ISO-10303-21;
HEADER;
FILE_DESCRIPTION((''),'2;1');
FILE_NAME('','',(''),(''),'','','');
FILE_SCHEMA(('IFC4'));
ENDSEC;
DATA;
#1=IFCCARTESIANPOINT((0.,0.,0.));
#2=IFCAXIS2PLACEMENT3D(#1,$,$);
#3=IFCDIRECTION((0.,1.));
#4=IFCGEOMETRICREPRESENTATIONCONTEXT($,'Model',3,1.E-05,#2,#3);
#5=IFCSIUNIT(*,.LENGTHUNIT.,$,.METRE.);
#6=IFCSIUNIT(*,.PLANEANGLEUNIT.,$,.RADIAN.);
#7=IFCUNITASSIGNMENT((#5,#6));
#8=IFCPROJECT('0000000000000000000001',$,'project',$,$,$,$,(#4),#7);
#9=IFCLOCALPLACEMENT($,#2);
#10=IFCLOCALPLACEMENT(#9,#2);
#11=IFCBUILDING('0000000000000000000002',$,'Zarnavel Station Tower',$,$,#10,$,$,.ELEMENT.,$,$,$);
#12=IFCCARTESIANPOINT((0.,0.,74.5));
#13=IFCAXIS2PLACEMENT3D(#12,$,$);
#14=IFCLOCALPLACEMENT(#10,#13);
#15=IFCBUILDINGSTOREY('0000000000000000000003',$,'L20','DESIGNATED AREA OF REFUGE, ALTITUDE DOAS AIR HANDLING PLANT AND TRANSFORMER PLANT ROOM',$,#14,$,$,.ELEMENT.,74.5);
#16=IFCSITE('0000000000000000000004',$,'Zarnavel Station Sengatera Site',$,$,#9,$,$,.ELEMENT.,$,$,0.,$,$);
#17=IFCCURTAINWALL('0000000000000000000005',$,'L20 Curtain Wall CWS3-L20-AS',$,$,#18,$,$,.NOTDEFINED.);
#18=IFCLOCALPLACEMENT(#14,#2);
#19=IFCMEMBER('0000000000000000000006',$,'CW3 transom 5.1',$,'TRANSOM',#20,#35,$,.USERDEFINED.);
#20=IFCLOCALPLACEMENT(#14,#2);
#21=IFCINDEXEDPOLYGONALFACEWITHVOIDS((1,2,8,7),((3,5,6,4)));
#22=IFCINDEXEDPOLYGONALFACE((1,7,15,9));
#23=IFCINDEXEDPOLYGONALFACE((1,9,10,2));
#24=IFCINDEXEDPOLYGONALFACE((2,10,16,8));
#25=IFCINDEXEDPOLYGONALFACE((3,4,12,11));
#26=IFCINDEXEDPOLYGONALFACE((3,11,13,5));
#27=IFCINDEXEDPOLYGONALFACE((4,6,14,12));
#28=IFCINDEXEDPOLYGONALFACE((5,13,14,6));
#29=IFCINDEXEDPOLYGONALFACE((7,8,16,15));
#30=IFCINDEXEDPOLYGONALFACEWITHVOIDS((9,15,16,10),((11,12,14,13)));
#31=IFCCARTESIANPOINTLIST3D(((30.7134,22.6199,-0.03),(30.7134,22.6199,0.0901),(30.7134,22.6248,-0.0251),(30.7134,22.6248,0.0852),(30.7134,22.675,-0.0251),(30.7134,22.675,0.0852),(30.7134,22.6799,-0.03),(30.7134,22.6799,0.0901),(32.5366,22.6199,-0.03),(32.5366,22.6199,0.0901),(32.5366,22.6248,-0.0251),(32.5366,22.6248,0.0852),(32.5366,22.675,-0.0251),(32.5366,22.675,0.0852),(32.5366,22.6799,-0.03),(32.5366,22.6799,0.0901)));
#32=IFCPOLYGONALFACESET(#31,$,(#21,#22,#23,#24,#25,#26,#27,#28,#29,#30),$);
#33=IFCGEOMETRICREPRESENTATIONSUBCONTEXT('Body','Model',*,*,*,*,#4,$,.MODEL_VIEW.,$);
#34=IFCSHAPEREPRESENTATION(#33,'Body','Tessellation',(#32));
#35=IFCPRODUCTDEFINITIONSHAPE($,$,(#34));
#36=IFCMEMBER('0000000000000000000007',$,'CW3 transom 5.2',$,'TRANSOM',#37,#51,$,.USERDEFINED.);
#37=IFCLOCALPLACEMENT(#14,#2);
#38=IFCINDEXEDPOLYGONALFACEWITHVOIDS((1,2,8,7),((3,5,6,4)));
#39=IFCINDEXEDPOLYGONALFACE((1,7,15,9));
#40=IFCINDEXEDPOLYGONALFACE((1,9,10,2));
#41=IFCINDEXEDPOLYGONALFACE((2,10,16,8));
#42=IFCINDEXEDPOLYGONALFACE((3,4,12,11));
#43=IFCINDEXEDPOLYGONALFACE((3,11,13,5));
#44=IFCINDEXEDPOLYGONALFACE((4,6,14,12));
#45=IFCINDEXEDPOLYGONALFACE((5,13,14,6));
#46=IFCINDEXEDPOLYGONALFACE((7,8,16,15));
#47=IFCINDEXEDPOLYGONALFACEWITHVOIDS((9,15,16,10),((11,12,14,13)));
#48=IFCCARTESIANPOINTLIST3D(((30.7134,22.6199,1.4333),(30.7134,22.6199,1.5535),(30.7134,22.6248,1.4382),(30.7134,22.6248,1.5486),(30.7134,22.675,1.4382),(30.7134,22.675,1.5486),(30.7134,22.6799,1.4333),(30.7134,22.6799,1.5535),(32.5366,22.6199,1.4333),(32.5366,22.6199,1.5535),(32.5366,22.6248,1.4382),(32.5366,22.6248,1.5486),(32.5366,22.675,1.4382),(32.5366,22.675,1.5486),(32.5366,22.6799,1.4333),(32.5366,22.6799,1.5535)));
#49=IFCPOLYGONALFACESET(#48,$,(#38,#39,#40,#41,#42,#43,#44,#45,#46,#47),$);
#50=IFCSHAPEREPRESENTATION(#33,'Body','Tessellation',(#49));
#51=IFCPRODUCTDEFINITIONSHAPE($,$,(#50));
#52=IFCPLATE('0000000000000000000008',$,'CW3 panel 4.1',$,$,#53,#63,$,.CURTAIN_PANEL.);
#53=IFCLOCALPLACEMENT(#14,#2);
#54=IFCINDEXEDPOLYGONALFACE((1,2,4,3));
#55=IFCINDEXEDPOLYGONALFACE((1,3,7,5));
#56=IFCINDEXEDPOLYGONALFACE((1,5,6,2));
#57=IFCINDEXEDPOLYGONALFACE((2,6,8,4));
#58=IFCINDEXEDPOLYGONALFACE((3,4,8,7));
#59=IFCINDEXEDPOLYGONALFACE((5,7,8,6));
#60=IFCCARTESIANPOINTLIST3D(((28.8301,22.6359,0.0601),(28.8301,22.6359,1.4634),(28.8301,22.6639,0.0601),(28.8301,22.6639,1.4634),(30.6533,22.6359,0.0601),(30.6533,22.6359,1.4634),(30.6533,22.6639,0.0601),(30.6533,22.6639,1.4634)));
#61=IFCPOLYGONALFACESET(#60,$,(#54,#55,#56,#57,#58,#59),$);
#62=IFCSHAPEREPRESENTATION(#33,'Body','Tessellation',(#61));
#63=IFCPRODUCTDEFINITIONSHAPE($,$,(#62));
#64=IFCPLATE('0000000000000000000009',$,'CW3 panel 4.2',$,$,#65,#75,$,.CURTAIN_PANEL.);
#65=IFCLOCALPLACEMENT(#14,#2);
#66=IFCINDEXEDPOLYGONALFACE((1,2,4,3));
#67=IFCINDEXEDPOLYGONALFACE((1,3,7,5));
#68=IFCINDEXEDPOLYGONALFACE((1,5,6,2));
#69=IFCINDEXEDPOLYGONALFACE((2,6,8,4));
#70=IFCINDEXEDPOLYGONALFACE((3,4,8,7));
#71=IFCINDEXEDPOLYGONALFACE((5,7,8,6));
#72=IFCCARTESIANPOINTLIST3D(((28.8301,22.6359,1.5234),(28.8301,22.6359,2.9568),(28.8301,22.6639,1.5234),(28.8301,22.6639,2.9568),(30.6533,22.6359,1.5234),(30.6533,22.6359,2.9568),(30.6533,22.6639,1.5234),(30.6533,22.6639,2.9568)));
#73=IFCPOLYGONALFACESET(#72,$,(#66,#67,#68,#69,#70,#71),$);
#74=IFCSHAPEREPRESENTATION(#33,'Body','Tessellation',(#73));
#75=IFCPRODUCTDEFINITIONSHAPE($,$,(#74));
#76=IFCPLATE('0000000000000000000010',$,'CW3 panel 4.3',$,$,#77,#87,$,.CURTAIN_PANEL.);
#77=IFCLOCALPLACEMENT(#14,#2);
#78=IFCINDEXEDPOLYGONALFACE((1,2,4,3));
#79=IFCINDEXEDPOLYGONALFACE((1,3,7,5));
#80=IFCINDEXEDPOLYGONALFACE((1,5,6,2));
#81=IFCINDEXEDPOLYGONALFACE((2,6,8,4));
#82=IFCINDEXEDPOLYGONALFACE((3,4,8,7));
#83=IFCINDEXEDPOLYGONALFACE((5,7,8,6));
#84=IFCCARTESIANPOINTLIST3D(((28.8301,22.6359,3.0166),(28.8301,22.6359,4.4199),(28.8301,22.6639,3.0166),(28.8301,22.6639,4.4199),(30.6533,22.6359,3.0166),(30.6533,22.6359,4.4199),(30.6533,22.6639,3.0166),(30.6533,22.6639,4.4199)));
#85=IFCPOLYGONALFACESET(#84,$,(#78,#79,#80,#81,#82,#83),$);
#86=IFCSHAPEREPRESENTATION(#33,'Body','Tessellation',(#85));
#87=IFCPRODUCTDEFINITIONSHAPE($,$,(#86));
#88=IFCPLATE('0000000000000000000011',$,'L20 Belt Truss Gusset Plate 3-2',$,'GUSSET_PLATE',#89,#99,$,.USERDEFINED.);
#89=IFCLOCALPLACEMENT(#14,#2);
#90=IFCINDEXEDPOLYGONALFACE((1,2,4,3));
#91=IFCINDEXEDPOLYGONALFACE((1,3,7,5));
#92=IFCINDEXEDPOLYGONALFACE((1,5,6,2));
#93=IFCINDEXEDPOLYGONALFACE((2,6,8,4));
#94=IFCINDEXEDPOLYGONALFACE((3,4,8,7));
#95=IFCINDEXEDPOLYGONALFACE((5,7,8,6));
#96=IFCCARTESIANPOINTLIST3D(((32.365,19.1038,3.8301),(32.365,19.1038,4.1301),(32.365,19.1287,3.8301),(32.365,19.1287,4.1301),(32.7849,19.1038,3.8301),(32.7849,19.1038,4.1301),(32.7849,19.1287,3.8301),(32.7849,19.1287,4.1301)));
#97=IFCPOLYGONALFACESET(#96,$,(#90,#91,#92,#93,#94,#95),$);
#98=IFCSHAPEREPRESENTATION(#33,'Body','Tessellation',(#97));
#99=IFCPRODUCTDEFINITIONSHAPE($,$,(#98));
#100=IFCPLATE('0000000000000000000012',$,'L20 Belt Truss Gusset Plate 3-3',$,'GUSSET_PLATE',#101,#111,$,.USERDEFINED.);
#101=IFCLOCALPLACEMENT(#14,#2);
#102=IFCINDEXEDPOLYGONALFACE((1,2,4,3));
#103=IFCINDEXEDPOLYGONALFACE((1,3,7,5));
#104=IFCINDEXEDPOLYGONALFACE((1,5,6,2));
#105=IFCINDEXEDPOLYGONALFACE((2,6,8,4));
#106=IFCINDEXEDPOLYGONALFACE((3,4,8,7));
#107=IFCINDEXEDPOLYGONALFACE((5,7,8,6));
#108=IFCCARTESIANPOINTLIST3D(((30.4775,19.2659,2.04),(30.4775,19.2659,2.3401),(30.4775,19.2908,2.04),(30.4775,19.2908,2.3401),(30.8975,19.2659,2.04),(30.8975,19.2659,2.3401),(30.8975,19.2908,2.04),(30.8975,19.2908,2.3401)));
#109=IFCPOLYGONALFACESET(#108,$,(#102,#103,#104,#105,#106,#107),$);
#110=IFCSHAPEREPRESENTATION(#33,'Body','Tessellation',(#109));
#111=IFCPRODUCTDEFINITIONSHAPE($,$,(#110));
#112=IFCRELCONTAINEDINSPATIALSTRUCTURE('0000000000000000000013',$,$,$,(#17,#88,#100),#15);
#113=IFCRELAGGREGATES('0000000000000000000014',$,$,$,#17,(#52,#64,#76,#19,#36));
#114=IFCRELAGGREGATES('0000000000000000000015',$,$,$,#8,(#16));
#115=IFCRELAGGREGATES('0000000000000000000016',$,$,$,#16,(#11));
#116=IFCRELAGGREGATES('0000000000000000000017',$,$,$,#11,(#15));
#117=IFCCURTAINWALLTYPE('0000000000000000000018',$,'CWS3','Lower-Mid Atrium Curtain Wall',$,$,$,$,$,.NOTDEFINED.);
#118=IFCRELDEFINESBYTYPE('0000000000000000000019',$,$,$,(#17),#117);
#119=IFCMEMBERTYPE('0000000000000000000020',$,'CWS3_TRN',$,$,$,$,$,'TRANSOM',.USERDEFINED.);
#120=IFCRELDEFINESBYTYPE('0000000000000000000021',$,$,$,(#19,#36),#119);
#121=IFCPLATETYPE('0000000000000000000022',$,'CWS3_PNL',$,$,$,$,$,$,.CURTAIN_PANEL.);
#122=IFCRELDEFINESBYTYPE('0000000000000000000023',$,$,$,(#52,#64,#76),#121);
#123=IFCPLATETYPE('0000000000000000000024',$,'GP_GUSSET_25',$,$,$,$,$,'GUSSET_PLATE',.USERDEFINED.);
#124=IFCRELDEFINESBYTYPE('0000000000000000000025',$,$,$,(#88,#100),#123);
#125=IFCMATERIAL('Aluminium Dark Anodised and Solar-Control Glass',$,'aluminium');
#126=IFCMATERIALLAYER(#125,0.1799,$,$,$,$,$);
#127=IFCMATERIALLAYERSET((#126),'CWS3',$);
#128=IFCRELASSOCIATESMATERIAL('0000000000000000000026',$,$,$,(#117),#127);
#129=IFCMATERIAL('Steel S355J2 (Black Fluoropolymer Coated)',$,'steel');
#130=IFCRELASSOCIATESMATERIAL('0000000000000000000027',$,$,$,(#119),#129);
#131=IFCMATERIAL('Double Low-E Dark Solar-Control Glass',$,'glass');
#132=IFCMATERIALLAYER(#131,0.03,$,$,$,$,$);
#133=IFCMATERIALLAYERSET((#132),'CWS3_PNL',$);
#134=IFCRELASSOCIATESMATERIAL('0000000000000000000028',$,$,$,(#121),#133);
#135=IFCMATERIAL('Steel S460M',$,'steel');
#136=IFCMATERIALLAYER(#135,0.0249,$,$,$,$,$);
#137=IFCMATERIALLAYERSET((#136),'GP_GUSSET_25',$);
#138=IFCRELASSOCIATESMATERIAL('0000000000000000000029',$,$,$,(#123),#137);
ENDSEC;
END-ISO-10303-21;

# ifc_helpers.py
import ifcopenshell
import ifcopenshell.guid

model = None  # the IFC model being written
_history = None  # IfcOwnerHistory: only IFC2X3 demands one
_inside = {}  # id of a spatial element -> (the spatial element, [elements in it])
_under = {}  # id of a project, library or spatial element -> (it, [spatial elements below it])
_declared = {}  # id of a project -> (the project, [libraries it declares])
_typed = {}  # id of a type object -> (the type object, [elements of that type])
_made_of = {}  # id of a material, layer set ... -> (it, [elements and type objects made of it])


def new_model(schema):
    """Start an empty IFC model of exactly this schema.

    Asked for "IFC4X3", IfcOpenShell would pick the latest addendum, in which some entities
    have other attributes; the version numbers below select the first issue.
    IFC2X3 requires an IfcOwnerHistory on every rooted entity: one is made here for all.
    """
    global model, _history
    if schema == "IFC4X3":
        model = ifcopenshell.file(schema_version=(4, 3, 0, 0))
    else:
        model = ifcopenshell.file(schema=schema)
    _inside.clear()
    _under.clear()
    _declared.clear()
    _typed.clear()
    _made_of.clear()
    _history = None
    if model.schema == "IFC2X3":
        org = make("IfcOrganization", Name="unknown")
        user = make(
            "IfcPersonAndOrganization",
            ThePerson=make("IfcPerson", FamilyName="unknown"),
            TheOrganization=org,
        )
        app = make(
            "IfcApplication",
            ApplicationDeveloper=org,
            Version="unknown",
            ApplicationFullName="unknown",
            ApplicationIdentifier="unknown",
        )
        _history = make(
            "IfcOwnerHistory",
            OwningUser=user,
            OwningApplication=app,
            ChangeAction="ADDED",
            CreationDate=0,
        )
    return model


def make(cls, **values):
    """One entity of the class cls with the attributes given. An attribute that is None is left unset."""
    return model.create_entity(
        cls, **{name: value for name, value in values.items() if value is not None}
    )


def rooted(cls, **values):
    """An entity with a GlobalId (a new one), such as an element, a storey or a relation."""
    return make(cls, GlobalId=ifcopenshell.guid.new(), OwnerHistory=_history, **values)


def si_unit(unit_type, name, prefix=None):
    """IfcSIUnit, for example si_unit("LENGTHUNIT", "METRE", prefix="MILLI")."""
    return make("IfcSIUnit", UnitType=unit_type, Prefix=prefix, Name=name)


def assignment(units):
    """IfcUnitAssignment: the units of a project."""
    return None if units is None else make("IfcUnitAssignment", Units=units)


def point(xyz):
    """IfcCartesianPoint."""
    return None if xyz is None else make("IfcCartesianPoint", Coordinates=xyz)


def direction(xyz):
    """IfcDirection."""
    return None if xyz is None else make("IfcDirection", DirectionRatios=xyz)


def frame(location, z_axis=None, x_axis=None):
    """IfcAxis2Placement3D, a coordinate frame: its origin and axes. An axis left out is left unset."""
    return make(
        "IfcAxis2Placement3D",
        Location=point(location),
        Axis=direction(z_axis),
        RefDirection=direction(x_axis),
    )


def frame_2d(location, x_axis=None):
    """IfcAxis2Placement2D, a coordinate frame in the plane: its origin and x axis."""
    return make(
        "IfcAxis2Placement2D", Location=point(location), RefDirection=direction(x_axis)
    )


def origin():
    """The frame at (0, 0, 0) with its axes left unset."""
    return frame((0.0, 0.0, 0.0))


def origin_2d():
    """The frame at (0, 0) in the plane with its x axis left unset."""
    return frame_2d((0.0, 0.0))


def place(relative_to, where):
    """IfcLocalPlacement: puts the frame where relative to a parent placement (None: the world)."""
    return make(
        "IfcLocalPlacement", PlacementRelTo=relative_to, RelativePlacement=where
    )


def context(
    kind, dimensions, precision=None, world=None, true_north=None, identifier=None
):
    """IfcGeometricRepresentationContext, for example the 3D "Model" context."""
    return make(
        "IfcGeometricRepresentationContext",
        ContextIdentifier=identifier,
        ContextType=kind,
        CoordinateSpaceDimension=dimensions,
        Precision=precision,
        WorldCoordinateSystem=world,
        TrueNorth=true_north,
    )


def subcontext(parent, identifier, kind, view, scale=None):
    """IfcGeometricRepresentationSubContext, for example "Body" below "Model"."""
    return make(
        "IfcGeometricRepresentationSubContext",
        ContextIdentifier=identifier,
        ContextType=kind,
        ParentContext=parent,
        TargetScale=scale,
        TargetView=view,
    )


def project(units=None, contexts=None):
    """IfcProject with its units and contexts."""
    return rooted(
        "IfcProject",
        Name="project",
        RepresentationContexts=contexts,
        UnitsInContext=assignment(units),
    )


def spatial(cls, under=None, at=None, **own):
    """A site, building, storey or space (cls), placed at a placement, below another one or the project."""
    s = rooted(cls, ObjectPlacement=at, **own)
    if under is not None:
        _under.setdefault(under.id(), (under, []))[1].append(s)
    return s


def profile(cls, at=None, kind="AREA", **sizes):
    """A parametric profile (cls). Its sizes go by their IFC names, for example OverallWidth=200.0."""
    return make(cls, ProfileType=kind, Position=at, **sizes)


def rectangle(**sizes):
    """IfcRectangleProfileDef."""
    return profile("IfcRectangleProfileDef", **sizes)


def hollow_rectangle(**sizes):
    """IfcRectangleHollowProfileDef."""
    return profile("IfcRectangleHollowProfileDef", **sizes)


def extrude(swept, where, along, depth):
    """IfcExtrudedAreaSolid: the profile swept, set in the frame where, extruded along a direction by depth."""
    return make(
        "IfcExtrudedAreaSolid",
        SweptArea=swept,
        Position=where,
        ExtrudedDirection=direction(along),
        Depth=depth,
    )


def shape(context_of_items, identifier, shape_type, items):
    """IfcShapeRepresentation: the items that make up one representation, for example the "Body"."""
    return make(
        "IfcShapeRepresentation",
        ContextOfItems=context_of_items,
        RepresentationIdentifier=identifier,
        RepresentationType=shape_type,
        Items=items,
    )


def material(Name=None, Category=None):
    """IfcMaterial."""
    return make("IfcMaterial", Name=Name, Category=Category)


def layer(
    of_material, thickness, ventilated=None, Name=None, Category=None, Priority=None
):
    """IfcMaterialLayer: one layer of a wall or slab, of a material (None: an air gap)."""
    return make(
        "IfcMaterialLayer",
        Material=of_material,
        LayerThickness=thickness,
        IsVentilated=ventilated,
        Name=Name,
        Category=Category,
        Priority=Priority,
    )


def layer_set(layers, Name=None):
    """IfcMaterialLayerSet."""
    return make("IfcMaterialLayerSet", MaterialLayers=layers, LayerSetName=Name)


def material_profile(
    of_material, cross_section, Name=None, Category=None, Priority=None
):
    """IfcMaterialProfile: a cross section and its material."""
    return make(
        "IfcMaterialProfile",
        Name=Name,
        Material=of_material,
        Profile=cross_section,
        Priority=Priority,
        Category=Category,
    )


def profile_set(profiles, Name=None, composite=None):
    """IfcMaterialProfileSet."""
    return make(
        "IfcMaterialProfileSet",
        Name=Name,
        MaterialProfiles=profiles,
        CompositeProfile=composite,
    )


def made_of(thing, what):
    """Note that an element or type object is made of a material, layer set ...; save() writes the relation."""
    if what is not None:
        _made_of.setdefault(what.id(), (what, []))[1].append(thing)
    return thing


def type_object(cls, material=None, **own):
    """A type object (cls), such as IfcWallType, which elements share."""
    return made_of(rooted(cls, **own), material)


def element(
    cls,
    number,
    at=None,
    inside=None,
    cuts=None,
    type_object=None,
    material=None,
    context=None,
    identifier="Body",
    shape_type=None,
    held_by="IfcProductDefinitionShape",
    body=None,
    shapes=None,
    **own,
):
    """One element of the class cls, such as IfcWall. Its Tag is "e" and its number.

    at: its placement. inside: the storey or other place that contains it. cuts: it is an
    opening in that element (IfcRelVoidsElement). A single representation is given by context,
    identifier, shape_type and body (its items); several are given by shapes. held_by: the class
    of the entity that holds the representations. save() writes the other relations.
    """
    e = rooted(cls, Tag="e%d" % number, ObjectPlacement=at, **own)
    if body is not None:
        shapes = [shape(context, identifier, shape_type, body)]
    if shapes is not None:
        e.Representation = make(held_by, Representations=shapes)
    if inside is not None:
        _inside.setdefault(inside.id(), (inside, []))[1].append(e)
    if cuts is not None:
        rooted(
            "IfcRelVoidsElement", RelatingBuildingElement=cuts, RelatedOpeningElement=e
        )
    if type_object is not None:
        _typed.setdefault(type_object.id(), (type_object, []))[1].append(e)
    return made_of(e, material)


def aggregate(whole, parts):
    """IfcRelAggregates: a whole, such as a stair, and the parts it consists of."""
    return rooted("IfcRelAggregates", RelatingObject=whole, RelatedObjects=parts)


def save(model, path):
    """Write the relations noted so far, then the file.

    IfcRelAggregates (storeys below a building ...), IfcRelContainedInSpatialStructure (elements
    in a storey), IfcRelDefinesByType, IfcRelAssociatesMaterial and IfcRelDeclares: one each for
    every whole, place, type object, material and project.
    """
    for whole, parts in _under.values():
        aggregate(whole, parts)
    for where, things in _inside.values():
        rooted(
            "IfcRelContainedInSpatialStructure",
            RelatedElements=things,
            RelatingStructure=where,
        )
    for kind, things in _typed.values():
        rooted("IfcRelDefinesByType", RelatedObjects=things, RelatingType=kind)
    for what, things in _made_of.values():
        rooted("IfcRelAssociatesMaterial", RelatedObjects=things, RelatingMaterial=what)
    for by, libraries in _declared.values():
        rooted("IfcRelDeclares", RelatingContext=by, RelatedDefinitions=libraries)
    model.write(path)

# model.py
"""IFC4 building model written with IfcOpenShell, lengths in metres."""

from ifc_helpers import new_model, si_unit, direction, frame, origin, origin_2d, place, context, subcontext, project, spatial, rectangle, hollow_rectangle, extrude, material, layer, layer_set, material_profile, profile_set, type_object, element, aggregate, save


model = new_model("IFC4")

# Units and contexts
model_context = context("Model", 3, precision=1e-05, world=origin(), true_north=direction((0.0, 1.0)))
body_context = subcontext(model_context, "Body", "Model", "MODEL_VIEW")
ifc_project = project(units=[si_unit("LENGTHUNIT", "METRE"), si_unit("PLANEANGLEUNIT", "RADIAN")], contexts=[model_context])

# Site, building, storey
site_placement = place(None, origin())
site = spatial("IfcSite", under=ifc_project, at=site_placement, Name="Zarnavel Station Sengatera Site", CompositionType="ELEMENT", RefElevation=0.0)
building_placement = place(site_placement, origin())
building = spatial("IfcBuilding", under=site, at=building_placement, Name="Zarnavel Station Tower", CompositionType="ELEMENT")
storey_placement = place(building_placement, frame((0.0, 0.0, 74.5)))
storey = spatial("IfcBuildingStorey", under=building, at=storey_placement, Name="L20", Description="DESIGNATED AREA OF REFUGE, ALTITUDE DOAS AIR HANDLING PLANT AND TRANSFORMER PLANT ROOM", CompositionType="ELEMENT", Elevation=74.5)

# Curtain wall, members, plates
ifc_material_1 = material(Name="Aluminium Dark Anodised and Solar-Control Glass", Category="aluminium")
ifc_layer_1 = layer(ifc_material_1, 0.1799)
ifc_layer_set_1 = layer_set([ifc_layer_1], Name="CWS3")
curtain_wall_type = type_object("IfcCurtainWallType", Name="CWS3", Description="Lower-Mid Atrium Curtain Wall", PredefinedType="NOTDEFINED", material=ifc_layer_set_1)
curtain_wall_placement = place(storey_placement, origin())
curtain_wall = element("IfcCurtainWall", 1, at=curtain_wall_placement, inside=storey, type_object=curtain_wall_type, Name="L20 Curtain Wall CWS3-L20-AS", PredefinedType="NOTDEFINED")
ifc_material_2 = material(Name="Steel S355J2 (Black Fluoropolymer Coated)", Category="steel")
ifc_material_profile_1 = material_profile(ifc_material_2, hollow_rectangle(XDim=0.0601, YDim=0.1201, WallThickness=0.0049, at=origin_2d()), Name="RHS120x60x5")
ifc_profile_set_1 = profile_set([ifc_material_profile_1], Name="Steel S355J2 (Black Fluoropolymer Coated)")
member_type_1 = type_object("IfcMemberType", Name="CWS3_TRN", ElementType="TRANSOM", PredefinedType="USERDEFINED", material=ifc_profile_set_1)
member_1_placement = place(storey_placement, frame((30.7134, 22.6499, 0.03), z_axis=(1.0, 0.0, 0.0), x_axis=(0.0, 1.0, 0.0)))
member_1 = element("IfcMember", 2, at=member_1_placement, type_object=member_type_1, Name="CW3 transom 5.1", ObjectType="TRANSOM", PredefinedType="USERDEFINED", context=body_context, shape_type="SweptSolid", body=[
    extrude(hollow_rectangle(XDim=0.0601, YDim=0.1201, WallThickness=0.0049, at=origin_2d()), origin(), (0.0, 0.0, 1.0), 1.8232),
])
member_2_placement = place(storey_placement, frame((30.7134, 22.6499, 1.4934), z_axis=(1.0, 0.0, 0.0), x_axis=(0.0, 1.0, 0.0)))
member_2 = element("IfcMember", 3, at=member_2_placement, type_object=member_type_1, Name="CW3 transom 5.2", ObjectType="TRANSOM", PredefinedType="USERDEFINED", context=body_context, shape_type="SweptSolid", body=[
    extrude(hollow_rectangle(XDim=0.0601, YDim=0.1201, WallThickness=0.0049, at=origin_2d()), origin(), (0.0, 0.0, 1.0), 1.8232),
])
ifc_material_3 = material(Name="Double Low-E Dark Solar-Control Glass", Category="glass")
ifc_layer_2 = layer(ifc_material_3, 0.03)
ifc_layer_set_2 = layer_set([ifc_layer_2], Name="CWS3_PNL")
plate_type_1 = type_object("IfcPlateType", Name="CWS3_PNL", PredefinedType="CURTAIN_PANEL", material=ifc_layer_set_2)
plate_1_placement = place(storey_placement, frame((29.7417, 22.6499, 0.0601), z_axis=(0.0, 0.0, 1.0), x_axis=(1.0, 0.0, 0.0)))
plate_1 = element("IfcPlate", 4, at=plate_1_placement, type_object=plate_type_1, Name="CW3 panel 4.1", PredefinedType="CURTAIN_PANEL", context=body_context, shape_type="SweptSolid", body=[
    extrude(rectangle(XDim=1.8232, YDim=0.0281, at=origin_2d()), origin(), (0.0, 0.0, 1.0), 1.4033),
])
plate_2_placement = place(storey_placement, frame((29.7417, 22.6499, 1.5234), z_axis=(0.0, 0.0, 1.0), x_axis=(1.0, 0.0, 0.0)))
plate_2 = element("IfcPlate", 5, at=plate_2_placement, type_object=plate_type_1, Name="CW3 panel 4.2", PredefinedType="CURTAIN_PANEL", context=body_context, shape_type="SweptSolid", body=[
    extrude(rectangle(XDim=1.8232, YDim=0.0281, at=origin_2d()), origin(), (0.0, 0.0, 1.0), 1.4333),
])
plate_3_placement = place(storey_placement, frame((29.7417, 22.6499, 3.0166), z_axis=(0.0, 0.0, 1.0), x_axis=(1.0, 0.0, 0.0)))
plate_3 = element("IfcPlate", 6, at=plate_3_placement, type_object=plate_type_1, Name="CW3 panel 4.3", PredefinedType="CURTAIN_PANEL", context=body_context, shape_type="SweptSolid", body=[
    extrude(rectangle(XDim=1.8232, YDim=0.0281, at=origin_2d()), origin(), (0.0, 0.0, 1.0), 1.4033),
])
aggregate(curtain_wall, [plate_1, plate_2, plate_3, member_1, member_2])

# Plates
ifc_material_4 = material(Name="Steel S460M", Category="steel")
ifc_layer_3 = layer(ifc_material_4, 0.0249)
ifc_layer_set_3 = layer_set([ifc_layer_3], Name="GP_GUSSET_25")
plate_type_2 = type_object("IfcPlateType", Name="GP_GUSSET_25", ElementType="GUSSET_PLATE", PredefinedType="USERDEFINED", material=ifc_layer_set_3)
for number, where, z_axis, x_axis, name in (
    (7, (32.575, 19.1162, 3.8301), (0.0, 0.0, 1.0), (1.0, 0.0, 0.0), "L20 Belt Truss Gusset Plate 3-2"),
    (8, (30.6875, 19.2783, 2.04), (0.0, 0.0, 1.0), (1.0, 0.0, 0.0), "L20 Belt Truss Gusset Plate 3-3"),
):
    element("IfcPlate", number, at=place(storey_placement, frame(where, z_axis=z_axis, x_axis=x_axis)), inside=storey, type_object=plate_type_2, Name=name, ObjectType="GUSSET_PLATE", PredefinedType="USERDEFINED", context=body_context, shape_type="SweptSolid", body=[
        extrude(rectangle(XDim=0.4199, YDim=0.0249, at=origin_2d()), origin(), (0.0, 0.0, 1.0), 0.3),
    ])

save(model, "model.ifc")
